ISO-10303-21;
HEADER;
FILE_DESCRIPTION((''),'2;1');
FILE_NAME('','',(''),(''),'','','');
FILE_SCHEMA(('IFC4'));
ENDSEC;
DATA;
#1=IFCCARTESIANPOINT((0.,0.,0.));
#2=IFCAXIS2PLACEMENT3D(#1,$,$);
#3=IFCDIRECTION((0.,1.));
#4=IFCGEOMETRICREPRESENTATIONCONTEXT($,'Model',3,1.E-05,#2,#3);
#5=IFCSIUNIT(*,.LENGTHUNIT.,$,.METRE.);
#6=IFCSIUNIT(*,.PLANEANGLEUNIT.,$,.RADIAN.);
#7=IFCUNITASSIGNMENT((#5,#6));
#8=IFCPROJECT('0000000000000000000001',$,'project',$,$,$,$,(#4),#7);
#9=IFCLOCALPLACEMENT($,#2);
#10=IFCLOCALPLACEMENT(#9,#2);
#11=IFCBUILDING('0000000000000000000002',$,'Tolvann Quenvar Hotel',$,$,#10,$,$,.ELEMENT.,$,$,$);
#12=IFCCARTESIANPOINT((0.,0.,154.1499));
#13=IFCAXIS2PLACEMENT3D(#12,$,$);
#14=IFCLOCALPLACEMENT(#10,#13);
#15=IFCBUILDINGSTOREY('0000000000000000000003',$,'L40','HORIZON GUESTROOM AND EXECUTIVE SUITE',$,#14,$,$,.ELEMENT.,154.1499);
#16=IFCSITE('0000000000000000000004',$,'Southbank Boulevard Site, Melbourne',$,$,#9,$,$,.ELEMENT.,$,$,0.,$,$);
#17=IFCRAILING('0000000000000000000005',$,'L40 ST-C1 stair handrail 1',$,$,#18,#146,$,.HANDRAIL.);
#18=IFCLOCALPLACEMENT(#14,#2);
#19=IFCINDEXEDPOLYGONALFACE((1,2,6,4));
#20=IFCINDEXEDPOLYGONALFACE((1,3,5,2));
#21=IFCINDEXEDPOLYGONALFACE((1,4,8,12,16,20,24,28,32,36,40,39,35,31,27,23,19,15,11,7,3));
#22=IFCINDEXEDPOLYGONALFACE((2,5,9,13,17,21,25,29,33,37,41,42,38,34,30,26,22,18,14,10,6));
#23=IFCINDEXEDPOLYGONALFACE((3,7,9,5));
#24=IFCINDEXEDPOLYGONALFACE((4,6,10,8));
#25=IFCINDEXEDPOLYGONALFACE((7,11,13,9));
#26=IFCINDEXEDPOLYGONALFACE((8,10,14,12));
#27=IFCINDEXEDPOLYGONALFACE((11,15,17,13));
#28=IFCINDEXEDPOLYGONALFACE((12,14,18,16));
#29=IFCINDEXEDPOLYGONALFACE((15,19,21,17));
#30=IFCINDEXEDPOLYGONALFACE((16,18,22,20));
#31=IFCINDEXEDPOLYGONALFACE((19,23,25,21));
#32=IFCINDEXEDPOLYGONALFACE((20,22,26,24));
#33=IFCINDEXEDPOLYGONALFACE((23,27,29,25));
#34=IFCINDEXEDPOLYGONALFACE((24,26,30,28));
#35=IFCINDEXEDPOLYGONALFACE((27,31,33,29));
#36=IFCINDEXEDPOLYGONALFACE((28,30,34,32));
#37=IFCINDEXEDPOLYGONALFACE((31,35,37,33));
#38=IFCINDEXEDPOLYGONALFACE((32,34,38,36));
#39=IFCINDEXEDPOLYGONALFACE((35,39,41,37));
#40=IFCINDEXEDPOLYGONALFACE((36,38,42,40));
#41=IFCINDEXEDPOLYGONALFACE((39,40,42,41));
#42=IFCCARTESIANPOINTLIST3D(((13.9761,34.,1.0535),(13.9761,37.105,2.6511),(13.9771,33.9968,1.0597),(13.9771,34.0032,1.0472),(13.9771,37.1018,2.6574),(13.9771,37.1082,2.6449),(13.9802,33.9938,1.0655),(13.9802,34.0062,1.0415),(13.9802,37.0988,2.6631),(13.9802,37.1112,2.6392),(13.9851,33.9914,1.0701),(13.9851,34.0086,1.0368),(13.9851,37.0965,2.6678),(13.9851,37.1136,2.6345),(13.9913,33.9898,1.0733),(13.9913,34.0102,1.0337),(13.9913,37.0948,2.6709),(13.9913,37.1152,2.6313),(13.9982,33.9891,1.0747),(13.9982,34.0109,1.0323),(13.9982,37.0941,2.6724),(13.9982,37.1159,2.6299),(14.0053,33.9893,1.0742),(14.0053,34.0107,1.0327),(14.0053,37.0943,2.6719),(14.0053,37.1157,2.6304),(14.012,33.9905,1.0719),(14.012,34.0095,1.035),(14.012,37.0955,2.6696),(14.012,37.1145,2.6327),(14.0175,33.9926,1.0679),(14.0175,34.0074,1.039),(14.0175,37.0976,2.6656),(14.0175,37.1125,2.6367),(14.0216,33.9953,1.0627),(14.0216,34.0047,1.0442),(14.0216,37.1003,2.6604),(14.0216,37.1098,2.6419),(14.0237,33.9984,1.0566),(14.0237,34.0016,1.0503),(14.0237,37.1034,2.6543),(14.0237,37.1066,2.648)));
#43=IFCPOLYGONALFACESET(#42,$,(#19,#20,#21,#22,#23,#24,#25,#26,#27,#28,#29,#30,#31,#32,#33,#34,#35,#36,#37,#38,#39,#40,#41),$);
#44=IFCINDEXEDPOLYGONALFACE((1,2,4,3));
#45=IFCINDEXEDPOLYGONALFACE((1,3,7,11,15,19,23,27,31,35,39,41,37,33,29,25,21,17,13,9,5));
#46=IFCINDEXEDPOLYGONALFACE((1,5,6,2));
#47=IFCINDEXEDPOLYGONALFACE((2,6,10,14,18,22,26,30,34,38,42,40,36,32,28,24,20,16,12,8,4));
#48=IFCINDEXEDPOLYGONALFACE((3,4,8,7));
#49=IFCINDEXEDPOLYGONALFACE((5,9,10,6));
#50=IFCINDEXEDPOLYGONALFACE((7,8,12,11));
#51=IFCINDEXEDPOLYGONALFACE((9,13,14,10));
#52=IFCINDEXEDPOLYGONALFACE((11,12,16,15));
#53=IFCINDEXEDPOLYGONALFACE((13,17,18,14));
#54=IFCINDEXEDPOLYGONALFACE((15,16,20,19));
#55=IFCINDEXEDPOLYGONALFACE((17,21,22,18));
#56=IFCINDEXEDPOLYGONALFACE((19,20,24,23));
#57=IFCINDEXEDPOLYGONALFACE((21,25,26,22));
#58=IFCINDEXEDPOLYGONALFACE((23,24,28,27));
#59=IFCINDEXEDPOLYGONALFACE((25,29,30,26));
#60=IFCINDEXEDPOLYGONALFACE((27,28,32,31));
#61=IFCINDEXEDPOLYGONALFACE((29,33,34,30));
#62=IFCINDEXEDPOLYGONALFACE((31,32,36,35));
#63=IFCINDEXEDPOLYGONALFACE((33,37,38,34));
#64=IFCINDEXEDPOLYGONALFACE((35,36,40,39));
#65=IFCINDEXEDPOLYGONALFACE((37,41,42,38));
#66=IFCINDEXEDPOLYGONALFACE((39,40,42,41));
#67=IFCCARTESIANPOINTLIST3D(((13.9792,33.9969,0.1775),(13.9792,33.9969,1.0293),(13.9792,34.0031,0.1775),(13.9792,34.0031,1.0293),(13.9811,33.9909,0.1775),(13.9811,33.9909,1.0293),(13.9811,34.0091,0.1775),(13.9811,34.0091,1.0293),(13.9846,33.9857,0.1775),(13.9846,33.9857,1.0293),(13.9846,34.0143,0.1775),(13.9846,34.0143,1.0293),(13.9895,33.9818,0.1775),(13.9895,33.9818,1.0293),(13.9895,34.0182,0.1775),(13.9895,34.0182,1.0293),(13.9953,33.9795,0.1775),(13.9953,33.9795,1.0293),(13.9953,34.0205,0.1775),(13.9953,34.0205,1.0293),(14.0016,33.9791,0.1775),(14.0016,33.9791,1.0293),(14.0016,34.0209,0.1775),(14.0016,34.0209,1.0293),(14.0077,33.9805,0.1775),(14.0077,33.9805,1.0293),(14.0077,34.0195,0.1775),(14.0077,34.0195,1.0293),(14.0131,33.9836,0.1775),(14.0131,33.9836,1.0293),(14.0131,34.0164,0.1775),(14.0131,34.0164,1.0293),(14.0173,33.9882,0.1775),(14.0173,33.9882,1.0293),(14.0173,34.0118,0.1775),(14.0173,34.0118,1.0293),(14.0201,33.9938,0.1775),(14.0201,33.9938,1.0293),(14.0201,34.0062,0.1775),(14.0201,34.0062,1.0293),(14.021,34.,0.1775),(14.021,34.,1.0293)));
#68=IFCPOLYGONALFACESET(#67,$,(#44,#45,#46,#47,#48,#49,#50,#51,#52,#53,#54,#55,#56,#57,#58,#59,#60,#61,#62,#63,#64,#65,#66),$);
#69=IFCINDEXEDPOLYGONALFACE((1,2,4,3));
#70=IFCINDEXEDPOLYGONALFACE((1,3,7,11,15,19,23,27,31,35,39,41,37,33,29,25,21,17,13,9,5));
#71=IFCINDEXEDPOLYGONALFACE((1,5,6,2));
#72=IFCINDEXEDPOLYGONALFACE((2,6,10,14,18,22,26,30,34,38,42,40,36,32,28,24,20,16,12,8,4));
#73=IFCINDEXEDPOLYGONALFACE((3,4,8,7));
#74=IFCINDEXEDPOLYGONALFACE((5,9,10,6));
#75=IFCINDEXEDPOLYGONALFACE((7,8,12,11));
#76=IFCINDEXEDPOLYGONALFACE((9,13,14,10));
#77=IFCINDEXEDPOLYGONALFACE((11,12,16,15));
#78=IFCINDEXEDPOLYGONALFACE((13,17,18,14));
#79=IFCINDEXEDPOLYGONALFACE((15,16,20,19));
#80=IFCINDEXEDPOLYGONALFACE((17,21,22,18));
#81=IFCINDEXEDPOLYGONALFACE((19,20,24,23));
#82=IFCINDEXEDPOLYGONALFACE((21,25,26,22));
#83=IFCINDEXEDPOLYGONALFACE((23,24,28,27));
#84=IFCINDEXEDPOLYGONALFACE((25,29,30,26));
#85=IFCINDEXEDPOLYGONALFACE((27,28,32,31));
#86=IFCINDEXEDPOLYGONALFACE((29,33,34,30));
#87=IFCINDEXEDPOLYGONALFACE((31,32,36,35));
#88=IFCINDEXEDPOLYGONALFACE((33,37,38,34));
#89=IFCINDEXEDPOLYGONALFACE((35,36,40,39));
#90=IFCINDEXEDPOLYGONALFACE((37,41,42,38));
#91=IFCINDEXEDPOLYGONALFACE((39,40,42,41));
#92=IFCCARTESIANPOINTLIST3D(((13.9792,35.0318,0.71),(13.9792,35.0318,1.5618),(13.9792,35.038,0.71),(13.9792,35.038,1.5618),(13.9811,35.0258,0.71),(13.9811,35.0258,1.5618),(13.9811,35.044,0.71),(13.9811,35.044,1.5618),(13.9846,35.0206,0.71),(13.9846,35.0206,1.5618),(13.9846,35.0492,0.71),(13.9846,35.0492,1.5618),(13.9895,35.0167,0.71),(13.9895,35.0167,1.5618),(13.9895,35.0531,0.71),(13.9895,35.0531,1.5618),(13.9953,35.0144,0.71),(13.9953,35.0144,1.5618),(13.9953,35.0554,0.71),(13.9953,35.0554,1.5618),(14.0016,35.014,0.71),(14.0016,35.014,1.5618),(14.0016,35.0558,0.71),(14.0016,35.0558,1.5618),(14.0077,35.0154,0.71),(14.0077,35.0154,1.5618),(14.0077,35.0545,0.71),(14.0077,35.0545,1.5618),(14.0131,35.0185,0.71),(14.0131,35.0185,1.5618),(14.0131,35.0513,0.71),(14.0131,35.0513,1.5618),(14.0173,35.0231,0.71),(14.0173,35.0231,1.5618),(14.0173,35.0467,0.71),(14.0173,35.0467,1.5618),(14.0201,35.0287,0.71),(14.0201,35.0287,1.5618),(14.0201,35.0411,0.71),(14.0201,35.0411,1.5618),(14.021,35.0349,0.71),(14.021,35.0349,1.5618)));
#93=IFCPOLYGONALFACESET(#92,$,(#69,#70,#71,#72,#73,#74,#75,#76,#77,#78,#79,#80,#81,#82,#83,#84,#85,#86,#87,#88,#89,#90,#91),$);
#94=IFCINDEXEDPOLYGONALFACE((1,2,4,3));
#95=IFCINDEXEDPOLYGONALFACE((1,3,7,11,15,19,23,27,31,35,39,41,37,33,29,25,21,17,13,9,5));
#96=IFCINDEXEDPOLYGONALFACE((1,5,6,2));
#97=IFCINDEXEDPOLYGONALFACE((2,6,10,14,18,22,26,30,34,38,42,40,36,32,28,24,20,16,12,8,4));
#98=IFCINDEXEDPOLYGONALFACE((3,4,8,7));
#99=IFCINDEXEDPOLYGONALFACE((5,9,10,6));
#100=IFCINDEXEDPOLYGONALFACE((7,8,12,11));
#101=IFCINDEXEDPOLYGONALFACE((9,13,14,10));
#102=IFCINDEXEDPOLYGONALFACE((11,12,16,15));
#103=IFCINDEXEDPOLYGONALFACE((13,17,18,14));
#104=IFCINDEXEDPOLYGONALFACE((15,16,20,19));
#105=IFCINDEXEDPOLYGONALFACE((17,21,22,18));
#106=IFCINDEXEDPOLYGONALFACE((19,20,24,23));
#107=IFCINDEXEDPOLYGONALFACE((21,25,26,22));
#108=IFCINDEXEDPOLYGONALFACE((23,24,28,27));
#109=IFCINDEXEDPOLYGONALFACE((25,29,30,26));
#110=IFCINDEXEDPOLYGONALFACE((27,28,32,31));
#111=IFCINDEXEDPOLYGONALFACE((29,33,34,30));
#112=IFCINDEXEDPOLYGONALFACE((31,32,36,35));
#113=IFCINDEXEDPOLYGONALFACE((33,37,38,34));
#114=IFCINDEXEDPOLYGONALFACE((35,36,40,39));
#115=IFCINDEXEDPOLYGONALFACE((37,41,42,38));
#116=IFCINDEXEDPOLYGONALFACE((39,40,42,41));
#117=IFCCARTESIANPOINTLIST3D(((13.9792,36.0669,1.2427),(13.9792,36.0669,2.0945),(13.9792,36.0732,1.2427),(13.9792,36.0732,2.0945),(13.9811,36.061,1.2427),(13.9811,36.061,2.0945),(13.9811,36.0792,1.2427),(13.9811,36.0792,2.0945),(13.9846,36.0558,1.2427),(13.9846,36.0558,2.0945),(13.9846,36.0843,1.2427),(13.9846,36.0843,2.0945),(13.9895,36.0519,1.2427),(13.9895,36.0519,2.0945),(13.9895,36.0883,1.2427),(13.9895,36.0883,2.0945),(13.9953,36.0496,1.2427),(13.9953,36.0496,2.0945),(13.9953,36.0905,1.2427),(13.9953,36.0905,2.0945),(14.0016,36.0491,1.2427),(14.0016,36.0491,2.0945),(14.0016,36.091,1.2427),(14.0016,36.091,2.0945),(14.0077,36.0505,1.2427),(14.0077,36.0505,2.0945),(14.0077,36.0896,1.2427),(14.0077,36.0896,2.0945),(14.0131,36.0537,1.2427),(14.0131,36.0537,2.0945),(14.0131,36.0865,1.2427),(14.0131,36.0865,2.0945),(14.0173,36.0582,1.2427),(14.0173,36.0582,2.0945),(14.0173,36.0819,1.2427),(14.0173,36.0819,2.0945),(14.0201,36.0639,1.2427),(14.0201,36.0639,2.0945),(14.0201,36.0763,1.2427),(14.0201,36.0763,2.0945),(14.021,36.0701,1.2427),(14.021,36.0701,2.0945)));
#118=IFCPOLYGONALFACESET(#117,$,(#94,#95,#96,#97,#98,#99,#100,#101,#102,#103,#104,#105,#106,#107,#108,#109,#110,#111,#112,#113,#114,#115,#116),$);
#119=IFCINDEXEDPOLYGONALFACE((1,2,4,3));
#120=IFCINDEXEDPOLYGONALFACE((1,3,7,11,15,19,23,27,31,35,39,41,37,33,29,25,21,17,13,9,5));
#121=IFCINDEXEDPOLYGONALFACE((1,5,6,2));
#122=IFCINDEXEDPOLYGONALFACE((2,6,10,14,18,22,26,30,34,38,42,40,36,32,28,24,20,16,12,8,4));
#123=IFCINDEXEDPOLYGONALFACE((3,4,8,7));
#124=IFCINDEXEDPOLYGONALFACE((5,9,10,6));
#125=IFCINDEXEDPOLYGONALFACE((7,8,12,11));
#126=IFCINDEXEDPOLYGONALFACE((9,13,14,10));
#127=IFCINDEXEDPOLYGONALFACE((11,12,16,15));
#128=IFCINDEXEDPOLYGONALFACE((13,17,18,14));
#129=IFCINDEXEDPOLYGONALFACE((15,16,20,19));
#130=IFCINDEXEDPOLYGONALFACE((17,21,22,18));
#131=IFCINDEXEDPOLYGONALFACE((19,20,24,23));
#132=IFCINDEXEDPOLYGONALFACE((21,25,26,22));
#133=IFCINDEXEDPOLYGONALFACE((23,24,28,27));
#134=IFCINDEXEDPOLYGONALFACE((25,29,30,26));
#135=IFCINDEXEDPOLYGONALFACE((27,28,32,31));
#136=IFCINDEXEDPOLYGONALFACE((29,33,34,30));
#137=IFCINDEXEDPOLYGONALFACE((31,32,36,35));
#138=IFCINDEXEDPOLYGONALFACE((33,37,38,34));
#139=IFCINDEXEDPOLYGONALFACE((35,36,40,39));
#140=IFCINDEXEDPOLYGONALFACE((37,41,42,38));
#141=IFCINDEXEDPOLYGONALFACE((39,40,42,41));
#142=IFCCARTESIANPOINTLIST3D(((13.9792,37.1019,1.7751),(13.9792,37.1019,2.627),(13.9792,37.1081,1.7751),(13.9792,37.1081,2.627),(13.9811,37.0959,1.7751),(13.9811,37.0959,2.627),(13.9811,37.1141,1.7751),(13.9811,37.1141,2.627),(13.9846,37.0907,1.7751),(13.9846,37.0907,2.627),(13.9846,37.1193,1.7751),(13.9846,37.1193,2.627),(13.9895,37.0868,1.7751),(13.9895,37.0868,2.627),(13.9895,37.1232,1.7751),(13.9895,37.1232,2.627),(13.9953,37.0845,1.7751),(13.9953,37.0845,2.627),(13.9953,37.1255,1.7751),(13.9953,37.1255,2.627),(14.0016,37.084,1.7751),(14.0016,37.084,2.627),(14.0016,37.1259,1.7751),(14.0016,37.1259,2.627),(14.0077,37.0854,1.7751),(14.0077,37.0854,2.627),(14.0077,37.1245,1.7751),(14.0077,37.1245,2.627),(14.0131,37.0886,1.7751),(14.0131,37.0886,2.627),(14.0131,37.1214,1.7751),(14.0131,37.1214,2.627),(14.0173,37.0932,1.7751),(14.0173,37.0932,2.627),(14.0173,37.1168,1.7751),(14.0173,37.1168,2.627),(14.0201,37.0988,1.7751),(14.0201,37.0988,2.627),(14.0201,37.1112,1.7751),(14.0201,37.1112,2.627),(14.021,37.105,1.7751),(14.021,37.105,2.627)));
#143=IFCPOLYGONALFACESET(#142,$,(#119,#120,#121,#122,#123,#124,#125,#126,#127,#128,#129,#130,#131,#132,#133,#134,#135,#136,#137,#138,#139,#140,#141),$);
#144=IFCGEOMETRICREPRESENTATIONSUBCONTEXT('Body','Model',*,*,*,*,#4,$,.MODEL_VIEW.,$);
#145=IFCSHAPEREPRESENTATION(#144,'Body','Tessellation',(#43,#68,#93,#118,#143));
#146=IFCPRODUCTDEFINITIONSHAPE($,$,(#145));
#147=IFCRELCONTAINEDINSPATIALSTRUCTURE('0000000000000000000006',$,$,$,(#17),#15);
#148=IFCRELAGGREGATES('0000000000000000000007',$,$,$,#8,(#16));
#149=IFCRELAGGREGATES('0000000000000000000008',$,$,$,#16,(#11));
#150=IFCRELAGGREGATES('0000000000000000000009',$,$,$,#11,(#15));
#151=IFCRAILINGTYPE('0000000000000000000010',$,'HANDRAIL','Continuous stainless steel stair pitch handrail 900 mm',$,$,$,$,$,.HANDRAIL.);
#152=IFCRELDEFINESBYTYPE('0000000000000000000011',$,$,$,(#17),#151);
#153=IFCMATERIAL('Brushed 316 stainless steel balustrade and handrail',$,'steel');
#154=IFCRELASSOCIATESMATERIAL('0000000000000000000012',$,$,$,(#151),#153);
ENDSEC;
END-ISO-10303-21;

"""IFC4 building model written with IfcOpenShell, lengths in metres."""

from ifc_helpers import new_model, si_unit, direction, frame, origin, origin_2d, place, context, subcontext, project, spatial, circle, extrude, material, type_object, element, save


model = new_model("IFC4")

# Units and contexts
model_context = context("Model", 3, precision=1e-05, world=origin(), true_north=direction((0.0, 1.0)))
body_context = subcontext(model_context, "Body", "Model", "MODEL_VIEW")
ifc_project = project(units=[si_unit("LENGTHUNIT", "METRE"), si_unit("PLANEANGLEUNIT", "RADIAN")], contexts=[model_context])

# Site, building, storey
site_placement = place(None, origin())
site = spatial("IfcSite", under=ifc_project, at=site_placement, Name="Southbank Boulevard Site, Melbourne", CompositionType="ELEMENT", RefElevation=0.0)
building_placement = place(site_placement, origin())
building = spatial("IfcBuilding", under=site, at=building_placement, Name="Tolvann Quenvar Hotel", CompositionType="ELEMENT")
storey_placement = place(building_placement, frame((0.0, 0.0, 154.1499)))
storey = spatial("IfcBuildingStorey", under=building, at=storey_placement, Name="L40", Description="HORIZON GUESTROOM AND EXECUTIVE SUITE", CompositionType="ELEMENT", Elevation=154.1499)

# Railing
ifc_material_1 = material(Name="Brushed 316 stainless steel balustrade and handrail", Category="steel")
railing_type_1 = type_object("IfcRailingType", Name="HANDRAIL", Description="Continuous stainless steel stair pitch handrail 900 mm", PredefinedType="HANDRAIL", material=ifc_material_1)
railing_1_placement = place(storey_placement, frame((14.0, 34.0, 0.1775)))
element("IfcRailing", 1, at=railing_1_placement, inside=storey, type_object=railing_type_1, Name="L40 ST-C1 stair handrail 1", PredefinedType="HANDRAIL", context=body_context, shape_type="SweptSolid", body=[
    extrude(circle(Radius=0.0239, at=origin_2d()), frame((0.0, 0.0, 0.876), z_axis=(0.0, 0.889194, 0.457531), x_axis=(-1.0, 0.0, 0.0)), (0.0, 0.0, 1.0), 3.4919),
    extrude(circle(Radius=0.021, at=origin_2d()), origin(), (0.0, 0.0, 1.0), 0.8518),
    extrude(circle(Radius=0.021, at=origin_2d()), frame((0.0, 1.0349, 0.5325)), (0.0, 0.0, 1.0), 0.8518),
    extrude(circle(Radius=0.021, at=origin_2d()), frame((0.0, 2.0701, 1.0652)), (0.0, 0.0, 1.0), 0.8518),
    extrude(circle(Radius=0.021, at=origin_2d()), frame((0.0, 3.105, 1.5977)), (0.0, 0.0, 1.0), 0.8518),
])

save(model, "model.ifc")
